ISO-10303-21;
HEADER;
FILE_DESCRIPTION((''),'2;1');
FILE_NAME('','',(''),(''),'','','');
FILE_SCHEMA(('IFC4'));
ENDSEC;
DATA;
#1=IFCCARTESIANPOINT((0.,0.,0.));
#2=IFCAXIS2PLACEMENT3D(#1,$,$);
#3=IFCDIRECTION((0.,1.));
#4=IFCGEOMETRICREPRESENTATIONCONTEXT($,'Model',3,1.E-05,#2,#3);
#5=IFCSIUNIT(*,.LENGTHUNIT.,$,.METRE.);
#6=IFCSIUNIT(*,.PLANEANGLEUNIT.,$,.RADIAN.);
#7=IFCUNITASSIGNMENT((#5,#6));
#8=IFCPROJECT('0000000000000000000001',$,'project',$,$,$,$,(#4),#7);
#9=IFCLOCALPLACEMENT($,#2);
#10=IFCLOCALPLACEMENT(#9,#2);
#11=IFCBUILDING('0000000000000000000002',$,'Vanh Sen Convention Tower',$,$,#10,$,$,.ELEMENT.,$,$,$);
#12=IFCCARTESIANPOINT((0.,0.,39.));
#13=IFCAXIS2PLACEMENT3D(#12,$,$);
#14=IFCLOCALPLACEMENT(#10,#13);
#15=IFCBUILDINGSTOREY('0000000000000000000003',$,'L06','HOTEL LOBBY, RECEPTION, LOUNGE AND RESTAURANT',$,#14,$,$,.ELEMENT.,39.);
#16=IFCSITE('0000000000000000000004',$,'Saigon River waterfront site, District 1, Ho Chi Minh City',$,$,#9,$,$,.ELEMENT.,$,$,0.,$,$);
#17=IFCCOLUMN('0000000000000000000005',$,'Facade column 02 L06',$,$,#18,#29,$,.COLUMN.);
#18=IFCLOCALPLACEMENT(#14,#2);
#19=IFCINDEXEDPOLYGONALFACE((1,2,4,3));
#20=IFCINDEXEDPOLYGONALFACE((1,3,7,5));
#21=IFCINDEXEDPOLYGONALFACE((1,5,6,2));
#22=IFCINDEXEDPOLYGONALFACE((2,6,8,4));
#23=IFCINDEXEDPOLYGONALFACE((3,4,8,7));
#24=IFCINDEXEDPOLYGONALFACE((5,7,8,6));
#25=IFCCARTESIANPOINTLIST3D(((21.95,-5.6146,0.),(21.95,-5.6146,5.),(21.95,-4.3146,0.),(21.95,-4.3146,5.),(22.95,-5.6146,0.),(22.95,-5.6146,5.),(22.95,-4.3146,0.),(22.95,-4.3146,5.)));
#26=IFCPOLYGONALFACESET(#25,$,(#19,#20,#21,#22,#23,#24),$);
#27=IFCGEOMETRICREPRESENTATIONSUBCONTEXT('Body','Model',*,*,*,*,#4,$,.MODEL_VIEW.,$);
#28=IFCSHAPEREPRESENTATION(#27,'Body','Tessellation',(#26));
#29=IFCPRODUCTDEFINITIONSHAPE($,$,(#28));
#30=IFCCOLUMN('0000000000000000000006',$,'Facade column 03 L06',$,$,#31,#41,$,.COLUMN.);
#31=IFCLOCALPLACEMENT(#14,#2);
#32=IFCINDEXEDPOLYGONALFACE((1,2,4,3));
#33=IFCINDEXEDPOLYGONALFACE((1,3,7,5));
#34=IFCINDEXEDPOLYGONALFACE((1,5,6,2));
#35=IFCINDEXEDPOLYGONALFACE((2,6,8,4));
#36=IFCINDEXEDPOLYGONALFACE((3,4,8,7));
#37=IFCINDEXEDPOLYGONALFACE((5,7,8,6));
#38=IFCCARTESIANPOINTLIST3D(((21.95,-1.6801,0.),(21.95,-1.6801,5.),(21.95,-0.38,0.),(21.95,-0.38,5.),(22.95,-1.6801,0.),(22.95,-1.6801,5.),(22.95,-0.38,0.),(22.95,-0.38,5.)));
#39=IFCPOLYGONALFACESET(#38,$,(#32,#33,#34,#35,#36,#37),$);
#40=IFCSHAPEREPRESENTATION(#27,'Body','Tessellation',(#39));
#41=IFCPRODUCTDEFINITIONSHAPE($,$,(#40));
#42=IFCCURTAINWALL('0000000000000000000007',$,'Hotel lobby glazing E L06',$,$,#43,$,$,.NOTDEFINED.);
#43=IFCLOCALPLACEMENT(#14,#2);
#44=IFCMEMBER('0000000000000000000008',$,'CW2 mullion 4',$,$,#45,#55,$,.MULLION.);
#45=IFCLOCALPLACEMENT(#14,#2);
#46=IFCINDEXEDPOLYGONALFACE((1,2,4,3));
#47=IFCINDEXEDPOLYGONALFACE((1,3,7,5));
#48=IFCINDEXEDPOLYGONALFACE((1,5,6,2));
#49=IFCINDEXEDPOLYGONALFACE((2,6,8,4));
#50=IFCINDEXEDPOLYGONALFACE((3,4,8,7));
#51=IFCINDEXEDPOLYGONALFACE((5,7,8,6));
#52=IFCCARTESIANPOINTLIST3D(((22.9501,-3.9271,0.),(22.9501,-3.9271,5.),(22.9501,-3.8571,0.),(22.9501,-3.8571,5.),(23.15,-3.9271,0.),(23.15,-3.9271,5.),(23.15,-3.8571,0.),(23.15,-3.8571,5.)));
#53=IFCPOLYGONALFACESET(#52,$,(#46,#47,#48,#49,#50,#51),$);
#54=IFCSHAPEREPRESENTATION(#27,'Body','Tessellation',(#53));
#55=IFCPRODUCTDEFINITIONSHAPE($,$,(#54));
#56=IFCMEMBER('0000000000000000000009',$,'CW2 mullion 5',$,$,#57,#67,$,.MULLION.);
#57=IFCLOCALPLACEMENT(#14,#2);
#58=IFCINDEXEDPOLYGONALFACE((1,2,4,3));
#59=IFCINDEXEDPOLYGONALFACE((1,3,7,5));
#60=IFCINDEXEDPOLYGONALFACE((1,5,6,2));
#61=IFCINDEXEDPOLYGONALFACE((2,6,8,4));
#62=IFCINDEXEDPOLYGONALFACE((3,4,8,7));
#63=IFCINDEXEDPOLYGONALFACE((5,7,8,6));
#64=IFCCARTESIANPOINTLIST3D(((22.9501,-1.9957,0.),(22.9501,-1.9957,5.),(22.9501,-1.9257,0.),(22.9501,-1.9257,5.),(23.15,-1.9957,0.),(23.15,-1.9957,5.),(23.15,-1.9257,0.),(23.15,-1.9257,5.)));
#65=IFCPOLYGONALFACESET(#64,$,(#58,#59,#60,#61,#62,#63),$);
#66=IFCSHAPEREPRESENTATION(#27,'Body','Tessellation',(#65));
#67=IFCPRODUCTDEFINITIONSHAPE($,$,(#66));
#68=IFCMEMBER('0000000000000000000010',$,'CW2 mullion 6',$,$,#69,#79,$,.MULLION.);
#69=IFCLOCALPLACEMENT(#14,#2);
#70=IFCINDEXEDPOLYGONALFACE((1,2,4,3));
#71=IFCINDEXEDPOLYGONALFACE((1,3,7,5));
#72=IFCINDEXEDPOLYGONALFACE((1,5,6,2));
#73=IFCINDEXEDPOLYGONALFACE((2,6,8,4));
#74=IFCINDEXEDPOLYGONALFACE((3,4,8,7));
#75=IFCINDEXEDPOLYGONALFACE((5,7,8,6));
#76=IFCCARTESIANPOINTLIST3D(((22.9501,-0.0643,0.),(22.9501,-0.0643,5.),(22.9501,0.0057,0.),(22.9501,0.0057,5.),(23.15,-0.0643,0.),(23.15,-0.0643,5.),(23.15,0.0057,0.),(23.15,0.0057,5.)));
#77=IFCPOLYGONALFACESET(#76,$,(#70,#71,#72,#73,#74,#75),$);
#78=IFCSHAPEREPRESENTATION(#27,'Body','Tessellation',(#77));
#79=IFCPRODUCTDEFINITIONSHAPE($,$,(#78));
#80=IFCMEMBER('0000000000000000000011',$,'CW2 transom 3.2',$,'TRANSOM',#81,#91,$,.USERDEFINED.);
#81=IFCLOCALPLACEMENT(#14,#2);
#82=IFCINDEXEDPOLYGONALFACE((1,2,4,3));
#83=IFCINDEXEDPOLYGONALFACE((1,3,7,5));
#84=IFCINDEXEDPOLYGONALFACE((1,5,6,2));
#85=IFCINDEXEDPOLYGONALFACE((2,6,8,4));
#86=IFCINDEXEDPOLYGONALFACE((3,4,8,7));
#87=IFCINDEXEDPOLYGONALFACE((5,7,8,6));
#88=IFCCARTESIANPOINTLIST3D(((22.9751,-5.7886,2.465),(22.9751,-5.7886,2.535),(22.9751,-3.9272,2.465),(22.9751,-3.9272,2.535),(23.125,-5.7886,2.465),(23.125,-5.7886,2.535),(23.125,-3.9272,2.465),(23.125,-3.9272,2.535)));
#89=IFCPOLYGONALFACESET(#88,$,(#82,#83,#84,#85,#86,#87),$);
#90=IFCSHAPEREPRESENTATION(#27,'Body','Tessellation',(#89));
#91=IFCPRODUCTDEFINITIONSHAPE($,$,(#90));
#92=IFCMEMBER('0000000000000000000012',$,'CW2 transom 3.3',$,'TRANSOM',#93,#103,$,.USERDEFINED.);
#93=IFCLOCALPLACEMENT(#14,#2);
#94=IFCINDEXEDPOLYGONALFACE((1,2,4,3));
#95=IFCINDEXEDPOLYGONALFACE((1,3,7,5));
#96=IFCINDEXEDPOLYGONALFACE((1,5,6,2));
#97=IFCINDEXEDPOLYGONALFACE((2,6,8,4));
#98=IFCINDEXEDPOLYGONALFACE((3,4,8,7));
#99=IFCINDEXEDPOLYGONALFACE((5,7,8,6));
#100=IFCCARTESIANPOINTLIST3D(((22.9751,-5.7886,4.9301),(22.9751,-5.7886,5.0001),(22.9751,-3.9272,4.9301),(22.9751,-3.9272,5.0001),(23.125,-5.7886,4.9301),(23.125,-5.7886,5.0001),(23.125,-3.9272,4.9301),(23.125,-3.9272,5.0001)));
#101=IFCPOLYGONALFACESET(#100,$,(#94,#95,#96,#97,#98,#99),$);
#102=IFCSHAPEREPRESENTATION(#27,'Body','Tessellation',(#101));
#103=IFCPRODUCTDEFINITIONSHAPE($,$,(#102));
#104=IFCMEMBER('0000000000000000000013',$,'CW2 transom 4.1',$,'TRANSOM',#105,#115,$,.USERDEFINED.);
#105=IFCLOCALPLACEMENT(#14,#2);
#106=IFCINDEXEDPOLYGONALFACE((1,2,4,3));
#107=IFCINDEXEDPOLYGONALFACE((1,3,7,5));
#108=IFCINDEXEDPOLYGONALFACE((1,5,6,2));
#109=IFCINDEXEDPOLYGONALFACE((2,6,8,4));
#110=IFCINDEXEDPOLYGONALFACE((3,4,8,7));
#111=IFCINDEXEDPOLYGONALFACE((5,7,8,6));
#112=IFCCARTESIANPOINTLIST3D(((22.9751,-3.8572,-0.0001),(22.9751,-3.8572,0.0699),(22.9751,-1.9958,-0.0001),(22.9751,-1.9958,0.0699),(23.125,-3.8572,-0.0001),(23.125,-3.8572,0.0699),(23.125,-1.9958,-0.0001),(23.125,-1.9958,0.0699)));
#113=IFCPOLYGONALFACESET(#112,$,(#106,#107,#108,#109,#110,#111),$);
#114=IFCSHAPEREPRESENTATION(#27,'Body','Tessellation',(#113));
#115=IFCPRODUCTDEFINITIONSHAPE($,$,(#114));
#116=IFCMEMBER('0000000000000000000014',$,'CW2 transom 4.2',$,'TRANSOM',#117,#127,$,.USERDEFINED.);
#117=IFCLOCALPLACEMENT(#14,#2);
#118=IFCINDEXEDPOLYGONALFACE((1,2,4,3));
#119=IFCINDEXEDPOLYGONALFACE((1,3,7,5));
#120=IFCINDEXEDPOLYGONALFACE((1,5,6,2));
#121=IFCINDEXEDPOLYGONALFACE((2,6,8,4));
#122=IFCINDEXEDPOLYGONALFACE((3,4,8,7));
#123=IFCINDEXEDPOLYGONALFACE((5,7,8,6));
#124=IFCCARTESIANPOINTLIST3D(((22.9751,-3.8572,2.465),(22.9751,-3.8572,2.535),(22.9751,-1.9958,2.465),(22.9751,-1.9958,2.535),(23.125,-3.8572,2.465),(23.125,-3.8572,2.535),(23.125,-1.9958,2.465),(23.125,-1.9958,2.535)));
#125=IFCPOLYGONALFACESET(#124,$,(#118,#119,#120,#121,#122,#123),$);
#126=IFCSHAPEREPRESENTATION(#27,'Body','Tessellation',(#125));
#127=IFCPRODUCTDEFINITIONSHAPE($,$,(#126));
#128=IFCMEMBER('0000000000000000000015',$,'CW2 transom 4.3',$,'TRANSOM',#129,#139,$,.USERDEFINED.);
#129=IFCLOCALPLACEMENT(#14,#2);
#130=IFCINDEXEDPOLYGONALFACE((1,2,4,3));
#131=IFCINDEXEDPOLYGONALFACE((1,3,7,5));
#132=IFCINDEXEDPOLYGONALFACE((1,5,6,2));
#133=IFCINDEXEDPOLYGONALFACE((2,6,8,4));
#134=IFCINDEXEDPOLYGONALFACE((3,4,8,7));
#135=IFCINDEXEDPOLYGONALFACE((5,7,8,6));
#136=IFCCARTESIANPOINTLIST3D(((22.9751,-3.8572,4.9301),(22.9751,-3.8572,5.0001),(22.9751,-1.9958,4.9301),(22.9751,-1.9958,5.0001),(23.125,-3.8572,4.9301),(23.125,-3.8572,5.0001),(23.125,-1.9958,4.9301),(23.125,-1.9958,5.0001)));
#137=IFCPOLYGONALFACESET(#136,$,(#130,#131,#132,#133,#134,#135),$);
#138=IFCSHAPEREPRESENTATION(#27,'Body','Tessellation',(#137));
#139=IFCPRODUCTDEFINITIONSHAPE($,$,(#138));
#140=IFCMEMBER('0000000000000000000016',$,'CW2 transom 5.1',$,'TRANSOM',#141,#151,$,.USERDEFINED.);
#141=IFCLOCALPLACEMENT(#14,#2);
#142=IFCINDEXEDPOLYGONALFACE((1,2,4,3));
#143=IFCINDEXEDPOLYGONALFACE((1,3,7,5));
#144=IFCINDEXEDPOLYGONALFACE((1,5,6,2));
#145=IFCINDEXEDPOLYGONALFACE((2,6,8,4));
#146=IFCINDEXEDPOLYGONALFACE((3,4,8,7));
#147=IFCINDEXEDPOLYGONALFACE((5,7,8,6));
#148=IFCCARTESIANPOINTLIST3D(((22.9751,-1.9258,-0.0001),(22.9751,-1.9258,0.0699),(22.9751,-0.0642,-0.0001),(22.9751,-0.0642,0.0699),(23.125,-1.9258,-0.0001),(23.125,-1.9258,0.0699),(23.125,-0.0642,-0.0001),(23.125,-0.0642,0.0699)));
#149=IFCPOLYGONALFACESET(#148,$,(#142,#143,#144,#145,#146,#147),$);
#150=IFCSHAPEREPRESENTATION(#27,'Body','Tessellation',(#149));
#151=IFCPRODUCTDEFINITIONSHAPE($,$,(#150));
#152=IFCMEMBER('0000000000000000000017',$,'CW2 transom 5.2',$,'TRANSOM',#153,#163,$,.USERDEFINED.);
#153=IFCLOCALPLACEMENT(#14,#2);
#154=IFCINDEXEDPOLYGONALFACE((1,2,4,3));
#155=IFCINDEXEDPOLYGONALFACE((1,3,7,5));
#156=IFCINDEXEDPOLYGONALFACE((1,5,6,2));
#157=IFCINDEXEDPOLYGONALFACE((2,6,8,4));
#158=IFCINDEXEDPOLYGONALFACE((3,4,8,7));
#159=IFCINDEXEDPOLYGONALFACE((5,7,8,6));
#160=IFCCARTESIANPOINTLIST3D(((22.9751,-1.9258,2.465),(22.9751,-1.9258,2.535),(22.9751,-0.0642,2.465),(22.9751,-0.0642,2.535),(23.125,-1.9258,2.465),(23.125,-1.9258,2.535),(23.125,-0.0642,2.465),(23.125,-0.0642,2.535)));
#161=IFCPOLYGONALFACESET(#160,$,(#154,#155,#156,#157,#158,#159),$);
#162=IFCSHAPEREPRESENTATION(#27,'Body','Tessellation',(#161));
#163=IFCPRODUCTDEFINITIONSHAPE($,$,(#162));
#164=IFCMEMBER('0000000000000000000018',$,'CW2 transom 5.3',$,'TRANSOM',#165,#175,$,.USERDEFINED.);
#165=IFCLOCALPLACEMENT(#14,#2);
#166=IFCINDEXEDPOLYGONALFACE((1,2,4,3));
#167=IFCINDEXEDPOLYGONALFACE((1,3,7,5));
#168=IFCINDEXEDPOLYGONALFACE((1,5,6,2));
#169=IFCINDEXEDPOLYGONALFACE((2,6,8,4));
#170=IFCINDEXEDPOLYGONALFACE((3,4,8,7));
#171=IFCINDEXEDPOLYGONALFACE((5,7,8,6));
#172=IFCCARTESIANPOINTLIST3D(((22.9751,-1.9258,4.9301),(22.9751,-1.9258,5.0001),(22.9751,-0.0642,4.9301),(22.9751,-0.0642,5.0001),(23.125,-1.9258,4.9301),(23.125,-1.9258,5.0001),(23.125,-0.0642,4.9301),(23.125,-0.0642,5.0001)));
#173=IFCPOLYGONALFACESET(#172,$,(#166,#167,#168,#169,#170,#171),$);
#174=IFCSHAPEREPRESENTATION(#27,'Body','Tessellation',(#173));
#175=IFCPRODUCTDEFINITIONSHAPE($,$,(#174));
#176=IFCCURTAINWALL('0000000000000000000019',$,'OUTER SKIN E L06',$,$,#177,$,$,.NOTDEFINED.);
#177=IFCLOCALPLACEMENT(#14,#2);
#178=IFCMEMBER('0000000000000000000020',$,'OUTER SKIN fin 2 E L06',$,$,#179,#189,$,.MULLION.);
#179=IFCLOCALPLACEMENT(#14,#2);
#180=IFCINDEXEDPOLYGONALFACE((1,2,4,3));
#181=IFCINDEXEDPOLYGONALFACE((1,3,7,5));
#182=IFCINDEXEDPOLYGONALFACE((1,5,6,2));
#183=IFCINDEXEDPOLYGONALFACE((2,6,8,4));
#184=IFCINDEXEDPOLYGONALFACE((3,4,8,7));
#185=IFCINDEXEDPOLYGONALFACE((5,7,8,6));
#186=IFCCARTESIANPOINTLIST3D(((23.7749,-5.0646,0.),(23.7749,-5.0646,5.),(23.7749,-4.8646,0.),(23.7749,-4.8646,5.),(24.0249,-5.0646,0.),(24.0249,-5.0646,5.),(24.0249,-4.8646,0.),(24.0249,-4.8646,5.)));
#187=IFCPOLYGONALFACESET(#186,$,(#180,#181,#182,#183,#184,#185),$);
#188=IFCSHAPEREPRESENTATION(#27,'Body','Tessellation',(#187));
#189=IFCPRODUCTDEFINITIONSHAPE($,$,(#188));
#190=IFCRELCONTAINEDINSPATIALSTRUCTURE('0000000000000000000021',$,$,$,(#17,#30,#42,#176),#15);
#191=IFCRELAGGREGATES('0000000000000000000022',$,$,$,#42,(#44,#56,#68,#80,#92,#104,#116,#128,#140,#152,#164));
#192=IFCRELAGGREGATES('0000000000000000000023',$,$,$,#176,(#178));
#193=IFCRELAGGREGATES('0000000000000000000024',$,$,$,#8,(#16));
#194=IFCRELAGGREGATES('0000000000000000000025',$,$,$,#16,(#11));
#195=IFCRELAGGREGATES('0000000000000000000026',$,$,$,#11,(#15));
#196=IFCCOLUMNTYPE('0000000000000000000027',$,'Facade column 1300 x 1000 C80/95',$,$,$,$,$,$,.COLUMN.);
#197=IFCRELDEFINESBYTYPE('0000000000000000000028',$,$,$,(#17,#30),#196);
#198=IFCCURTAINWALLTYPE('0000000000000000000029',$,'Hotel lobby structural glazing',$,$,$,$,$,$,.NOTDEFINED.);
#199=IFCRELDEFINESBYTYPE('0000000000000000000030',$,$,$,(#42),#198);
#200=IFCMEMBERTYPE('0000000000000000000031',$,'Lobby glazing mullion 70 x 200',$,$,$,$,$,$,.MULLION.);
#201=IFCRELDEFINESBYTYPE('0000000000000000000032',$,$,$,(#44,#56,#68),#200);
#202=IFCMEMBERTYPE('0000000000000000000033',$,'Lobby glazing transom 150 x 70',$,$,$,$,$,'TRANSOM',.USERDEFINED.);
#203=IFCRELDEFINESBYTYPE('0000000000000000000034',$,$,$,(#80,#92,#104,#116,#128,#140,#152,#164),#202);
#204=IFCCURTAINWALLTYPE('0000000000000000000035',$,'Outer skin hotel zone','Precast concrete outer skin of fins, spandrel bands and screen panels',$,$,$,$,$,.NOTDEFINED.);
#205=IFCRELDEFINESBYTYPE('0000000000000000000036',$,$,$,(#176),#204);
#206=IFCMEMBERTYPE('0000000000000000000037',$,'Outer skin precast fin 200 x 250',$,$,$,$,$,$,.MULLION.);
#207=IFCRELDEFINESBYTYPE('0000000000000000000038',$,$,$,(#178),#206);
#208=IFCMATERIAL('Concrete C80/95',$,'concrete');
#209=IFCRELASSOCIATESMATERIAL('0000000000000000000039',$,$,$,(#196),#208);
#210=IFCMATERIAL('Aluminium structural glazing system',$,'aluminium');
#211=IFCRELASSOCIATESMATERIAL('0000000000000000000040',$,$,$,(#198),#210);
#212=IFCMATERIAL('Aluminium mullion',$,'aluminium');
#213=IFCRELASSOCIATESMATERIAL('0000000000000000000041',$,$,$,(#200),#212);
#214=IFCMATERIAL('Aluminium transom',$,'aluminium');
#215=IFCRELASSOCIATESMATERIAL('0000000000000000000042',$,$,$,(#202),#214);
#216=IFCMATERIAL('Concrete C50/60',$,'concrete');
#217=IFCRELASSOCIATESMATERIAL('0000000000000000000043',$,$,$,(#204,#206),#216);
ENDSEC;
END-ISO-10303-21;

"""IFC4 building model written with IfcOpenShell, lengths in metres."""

from ifc_helpers import new_model, si_unit, direction, frame, origin, origin_2d, place, context, subcontext, project, spatial, rectangle, extrude, material, material_profile, profile_set, type_object, element, aggregate, save


model = new_model("IFC4")

# Units and contexts
model_context = context("Model", 3, precision=1e-05, world=origin(), true_north=direction((0.0, 1.0)))
body_context = subcontext(model_context, "Body", "Model", "MODEL_VIEW")
ifc_project = project(units=[si_unit("LENGTHUNIT", "METRE"), si_unit("PLANEANGLEUNIT", "RADIAN")], contexts=[model_context])

# Site, building, storey
site_placement = place(None, origin())
site = spatial("IfcSite", under=ifc_project, at=site_placement, Name="Saigon River waterfront site, District 1, Ho Chi Minh City", CompositionType="ELEMENT", RefElevation=0.0)
building_placement = place(site_placement, origin())
building = spatial("IfcBuilding", under=site, at=building_placement, Name="Vanh Sen Convention Tower", CompositionType="ELEMENT")
storey_placement = place(building_placement, frame((0.0, 0.0, 39.0)))
storey = spatial("IfcBuildingStorey", under=building, at=storey_placement, Name="L06", Description="HOTEL LOBBY, RECEPTION, LOUNGE AND RESTAURANT", CompositionType="ELEMENT", Elevation=39.0)

# Columns
ifc_material_1 = material(Name="Concrete C80/95", Category="concrete")
ifc_material_profile_1 = material_profile(ifc_material_1, rectangle(XDim=1.3, YDim=1.0, at=origin_2d()), Name="RC 1300X1000")
ifc_profile_set_1 = profile_set([ifc_material_profile_1], Name="Concrete C80/95")
column_type = type_object("IfcColumnType", Name="Facade column 1300 x 1000 C80/95", PredefinedType="COLUMN", material=ifc_profile_set_1)
for number, where, z_axis, x_axis, name in (
    (1, (22.45, -4.9646, 0.0), (0.0, 0.0, 1.0), (0.0, 1.0, 0.0), "Facade column 02 L06"),
    (2, (22.45, -1.03, 0.0), (0.0, 0.0, 1.0), (0.0, 1.0, 0.0), "Facade column 03 L06"),
):
    element("IfcColumn", number, at=place(storey_placement, frame(where, z_axis=z_axis, x_axis=x_axis)), inside=storey, type_object=column_type, Name=name, PredefinedType="COLUMN", context=body_context, shape_type="SweptSolid", body=[
        extrude(rectangle(XDim=1.3, YDim=1.0, at=origin_2d()), origin(), (0.0, 0.0, 1.0), 5.0),
    ])

# Curtain walls, members
ifc_material_2 = material(Name="Aluminium structural glazing system", Category="aluminium")
curtain_wall_type_1 = type_object("IfcCurtainWallType", Name="Hotel lobby structural glazing", PredefinedType="NOTDEFINED", material=ifc_material_2)
curtain_wall_1_placement = place(storey_placement, origin())
curtain_wall_1 = element("IfcCurtainWall", 3, at=curtain_wall_1_placement, inside=storey, type_object=curtain_wall_type_1, Name="Hotel lobby glazing E L06", PredefinedType="NOTDEFINED")
ifc_material_3 = material(Name="Aluminium mullion", Category="aluminium")
ifc_material_profile_2 = material_profile(ifc_material_3, rectangle(XDim=0.2, YDim=0.0701, at=origin_2d()), Name="Lobby glazing mullion 70 x 200")
ifc_profile_set_2 = profile_set([ifc_material_profile_2], Name="Aluminium mullion")
member_type_1 = type_object("IfcMemberType", Name="Lobby glazing mullion 70 x 200", PredefinedType="MULLION", material=ifc_profile_set_2)
member_1_placement = place(storey_placement, frame((23.05, -3.8921, 0.0), z_axis=(0.0, 0.0, 1.0), x_axis=(-1.0, 0.0, 0.0)))
member_1 = element("IfcMember", 4, at=member_1_placement, type_object=member_type_1, Name="CW2 mullion 4", PredefinedType="MULLION", context=body_context, shape_type="SweptSolid", body=[
    extrude(rectangle(XDim=0.2, YDim=0.0701, at=origin_2d()), origin(), (0.0, 0.0, 1.0), 5.0),
])
member_2_placement = place(storey_placement, frame((23.05, -1.9607, 0.0), z_axis=(0.0, 0.0, 1.0), x_axis=(-1.0, 0.0, 0.0)))
member_2 = element("IfcMember", 5, at=member_2_placement, type_object=member_type_1, Name="CW2 mullion 5", PredefinedType="MULLION", context=body_context, shape_type="SweptSolid", body=[
    extrude(rectangle(XDim=0.2, YDim=0.0701, at=origin_2d()), origin(), (0.0, 0.0, 1.0), 5.0),
])
member_3_placement = place(storey_placement, frame((23.05, -0.0293, 0.0), z_axis=(0.0, 0.0, 1.0), x_axis=(-1.0, 0.0, 0.0)))
member_3 = element("IfcMember", 6, at=member_3_placement, type_object=member_type_1, Name="CW2 mullion 6", PredefinedType="MULLION", context=body_context, shape_type="SweptSolid", body=[
    extrude(rectangle(XDim=0.2, YDim=0.0701, at=origin_2d()), origin(), (0.0, 0.0, 1.0), 5.0),
])
ifc_material_4 = material(Name="Aluminium transom", Category="aluminium")
ifc_material_profile_3 = material_profile(ifc_material_4, rectangle(XDim=0.1499, YDim=0.0701, at=origin_2d()), Name="Lobby glazing transom 150 x 70")
ifc_profile_set_3 = profile_set([ifc_material_profile_3], Name="Aluminium transom")
member_type_2 = type_object("IfcMemberType", Name="Lobby glazing transom 150 x 70", ElementType="TRANSOM", PredefinedType="USERDEFINED", material=ifc_profile_set_3)
member_4_placement = place(storey_placement, frame((23.05, -5.7886, 2.5), z_axis=(0.0, 1.0, 0.0), x_axis=(-1.0, 0.0, 0.0)))
member_4 = element("IfcMember", 7, at=member_4_placement, type_object=member_type_2, Name="CW2 transom 3.2", ObjectType="TRANSOM", PredefinedType="USERDEFINED", context=body_context, shape_type="SweptSolid", body=[
    extrude(rectangle(XDim=0.1499, YDim=0.0701, at=origin_2d()), origin(), (0.0, 0.0, 1.0), 1.8613),
])
member_5_placement = place(storey_placement, frame((23.05, -5.7886, 4.9651), z_axis=(0.0, 1.0, 0.0), x_axis=(-1.0, 0.0, 0.0)))
member_5 = element("IfcMember", 8, at=member_5_placement, type_object=member_type_2, Name="CW2 transom 3.3", ObjectType="TRANSOM", PredefinedType="USERDEFINED", context=body_context, shape_type="SweptSolid", body=[
    extrude(rectangle(XDim=0.1499, YDim=0.0701, at=origin_2d()), origin(), (0.0, 0.0, 1.0), 1.8613),
])
member_6_placement = place(storey_placement, frame((23.05, -3.8572, 0.0349), z_axis=(0.0, 1.0, 0.0), x_axis=(-1.0, 0.0, 0.0)))
member_6 = element("IfcMember", 9, at=member_6_placement, type_object=member_type_2, Name="CW2 transom 4.1", ObjectType="TRANSOM", PredefinedType="USERDEFINED", context=body_context, shape_type="SweptSolid", body=[
    extrude(rectangle(XDim=0.1499, YDim=0.0701, at=origin_2d()), origin(), (0.0, 0.0, 1.0), 1.8613),
])
member_7_placement = place(storey_placement, frame((23.05, -3.8572, 2.5), z_axis=(0.0, 1.0, 0.0), x_axis=(-1.0, 0.0, 0.0)))
member_7 = element("IfcMember", 10, at=member_7_placement, type_object=member_type_2, Name="CW2 transom 4.2", ObjectType="TRANSOM", PredefinedType="USERDEFINED", context=body_context, shape_type="SweptSolid", body=[
    extrude(rectangle(XDim=0.1499, YDim=0.0701, at=origin_2d()), origin(), (0.0, 0.0, 1.0), 1.8613),
])
member_8_placement = place(storey_placement, frame((23.05, -3.8572, 4.9651), z_axis=(0.0, 1.0, 0.0), x_axis=(-1.0, 0.0, 0.0)))
member_8 = element("IfcMember", 11, at=member_8_placement, type_object=member_type_2, Name="CW2 transom 4.3", ObjectType="TRANSOM", PredefinedType="USERDEFINED", context=body_context, shape_type="SweptSolid", body=[
    extrude(rectangle(XDim=0.1499, YDim=0.0701, at=origin_2d()), origin(), (0.0, 0.0, 1.0), 1.8613),
])
member_9_placement = place(storey_placement, frame((23.05, -1.9258, 0.0349), z_axis=(0.0, 1.0, 0.0), x_axis=(-1.0, 0.0, 0.0)))
member_9 = element("IfcMember", 12, at=member_9_placement, type_object=member_type_2, Name="CW2 transom 5.1", ObjectType="TRANSOM", PredefinedType="USERDEFINED", context=body_context, shape_type="SweptSolid", body=[
    extrude(rectangle(XDim=0.1499, YDim=0.0701, at=origin_2d()), origin(), (0.0, 0.0, 1.0), 1.8616),
])
member_10_placement = place(storey_placement, frame((23.05, -1.9258, 2.5), z_axis=(0.0, 1.0, 0.0), x_axis=(-1.0, 0.0, 0.0)))
member_10 = element("IfcMember", 13, at=member_10_placement, type_object=member_type_2, Name="CW2 transom 5.2", ObjectType="TRANSOM", PredefinedType="USERDEFINED", context=body_context, shape_type="SweptSolid", body=[
    extrude(rectangle(XDim=0.1499, YDim=0.0701, at=origin_2d()), origin(), (0.0, 0.0, 1.0), 1.8616),
])
member_11_placement = place(storey_placement, frame((23.05, -1.9258, 4.9651), z_axis=(0.0, 1.0, 0.0), x_axis=(-1.0, 0.0, 0.0)))
member_11 = element("IfcMember", 14, at=member_11_placement, type_object=member_type_2, Name="CW2 transom 5.3", ObjectType="TRANSOM", PredefinedType="USERDEFINED", context=body_context, shape_type="SweptSolid", body=[
    extrude(rectangle(XDim=0.1499, YDim=0.0701, at=origin_2d()), origin(), (0.0, 0.0, 1.0), 1.8616),
])
ifc_material_5 = material(Name="Concrete C50/60", Category="concrete")
curtain_wall_type_2 = type_object("IfcCurtainWallType", Name="Outer skin hotel zone", Description="Precast concrete outer skin of fins, spandrel bands and screen panels", PredefinedType="NOTDEFINED", material=ifc_material_5)
curtain_wall_2_placement = place(storey_placement, origin())
curtain_wall_2 = element("IfcCurtainWall", 15, at=curtain_wall_2_placement, inside=storey, type_object=curtain_wall_type_2, Name="OUTER SKIN E L06", PredefinedType="NOTDEFINED")
ifc_material_profile_4 = material_profile(ifc_material_5, rectangle(XDim=0.2, YDim=0.25, at=origin_2d()), Name="Outer skin precast fin 200 x 250")
ifc_profile_set_4 = profile_set([ifc_material_profile_4], Name="Concrete C50/60")
member_type_3 = type_object("IfcMemberType", Name="Outer skin precast fin 200 x 250", PredefinedType="MULLION", material=ifc_profile_set_4)
member_12_placement = place(storey_placement, frame((23.8999, -4.9646, 0.0), z_axis=(0.0, 0.0, 1.0), x_axis=(0.0, 1.0, 0.0)))
member_12 = element("IfcMember", 16, at=member_12_placement, type_object=member_type_3, Name="OUTER SKIN fin 2 E L06", PredefinedType="MULLION", context=body_context, shape_type="SweptSolid", body=[
    extrude(rectangle(XDim=0.2, YDim=0.25, at=origin_2d()), origin(), (0.0, 0.0, 1.0), 5.0),
])

aggregate(curtain_wall_1, [member_1, member_2, member_3, member_4, member_5, member_6, member_7, member_8, member_9, member_10, member_11])
aggregate(curtain_wall_2, [member_12])

save(model, "model.ifc")
